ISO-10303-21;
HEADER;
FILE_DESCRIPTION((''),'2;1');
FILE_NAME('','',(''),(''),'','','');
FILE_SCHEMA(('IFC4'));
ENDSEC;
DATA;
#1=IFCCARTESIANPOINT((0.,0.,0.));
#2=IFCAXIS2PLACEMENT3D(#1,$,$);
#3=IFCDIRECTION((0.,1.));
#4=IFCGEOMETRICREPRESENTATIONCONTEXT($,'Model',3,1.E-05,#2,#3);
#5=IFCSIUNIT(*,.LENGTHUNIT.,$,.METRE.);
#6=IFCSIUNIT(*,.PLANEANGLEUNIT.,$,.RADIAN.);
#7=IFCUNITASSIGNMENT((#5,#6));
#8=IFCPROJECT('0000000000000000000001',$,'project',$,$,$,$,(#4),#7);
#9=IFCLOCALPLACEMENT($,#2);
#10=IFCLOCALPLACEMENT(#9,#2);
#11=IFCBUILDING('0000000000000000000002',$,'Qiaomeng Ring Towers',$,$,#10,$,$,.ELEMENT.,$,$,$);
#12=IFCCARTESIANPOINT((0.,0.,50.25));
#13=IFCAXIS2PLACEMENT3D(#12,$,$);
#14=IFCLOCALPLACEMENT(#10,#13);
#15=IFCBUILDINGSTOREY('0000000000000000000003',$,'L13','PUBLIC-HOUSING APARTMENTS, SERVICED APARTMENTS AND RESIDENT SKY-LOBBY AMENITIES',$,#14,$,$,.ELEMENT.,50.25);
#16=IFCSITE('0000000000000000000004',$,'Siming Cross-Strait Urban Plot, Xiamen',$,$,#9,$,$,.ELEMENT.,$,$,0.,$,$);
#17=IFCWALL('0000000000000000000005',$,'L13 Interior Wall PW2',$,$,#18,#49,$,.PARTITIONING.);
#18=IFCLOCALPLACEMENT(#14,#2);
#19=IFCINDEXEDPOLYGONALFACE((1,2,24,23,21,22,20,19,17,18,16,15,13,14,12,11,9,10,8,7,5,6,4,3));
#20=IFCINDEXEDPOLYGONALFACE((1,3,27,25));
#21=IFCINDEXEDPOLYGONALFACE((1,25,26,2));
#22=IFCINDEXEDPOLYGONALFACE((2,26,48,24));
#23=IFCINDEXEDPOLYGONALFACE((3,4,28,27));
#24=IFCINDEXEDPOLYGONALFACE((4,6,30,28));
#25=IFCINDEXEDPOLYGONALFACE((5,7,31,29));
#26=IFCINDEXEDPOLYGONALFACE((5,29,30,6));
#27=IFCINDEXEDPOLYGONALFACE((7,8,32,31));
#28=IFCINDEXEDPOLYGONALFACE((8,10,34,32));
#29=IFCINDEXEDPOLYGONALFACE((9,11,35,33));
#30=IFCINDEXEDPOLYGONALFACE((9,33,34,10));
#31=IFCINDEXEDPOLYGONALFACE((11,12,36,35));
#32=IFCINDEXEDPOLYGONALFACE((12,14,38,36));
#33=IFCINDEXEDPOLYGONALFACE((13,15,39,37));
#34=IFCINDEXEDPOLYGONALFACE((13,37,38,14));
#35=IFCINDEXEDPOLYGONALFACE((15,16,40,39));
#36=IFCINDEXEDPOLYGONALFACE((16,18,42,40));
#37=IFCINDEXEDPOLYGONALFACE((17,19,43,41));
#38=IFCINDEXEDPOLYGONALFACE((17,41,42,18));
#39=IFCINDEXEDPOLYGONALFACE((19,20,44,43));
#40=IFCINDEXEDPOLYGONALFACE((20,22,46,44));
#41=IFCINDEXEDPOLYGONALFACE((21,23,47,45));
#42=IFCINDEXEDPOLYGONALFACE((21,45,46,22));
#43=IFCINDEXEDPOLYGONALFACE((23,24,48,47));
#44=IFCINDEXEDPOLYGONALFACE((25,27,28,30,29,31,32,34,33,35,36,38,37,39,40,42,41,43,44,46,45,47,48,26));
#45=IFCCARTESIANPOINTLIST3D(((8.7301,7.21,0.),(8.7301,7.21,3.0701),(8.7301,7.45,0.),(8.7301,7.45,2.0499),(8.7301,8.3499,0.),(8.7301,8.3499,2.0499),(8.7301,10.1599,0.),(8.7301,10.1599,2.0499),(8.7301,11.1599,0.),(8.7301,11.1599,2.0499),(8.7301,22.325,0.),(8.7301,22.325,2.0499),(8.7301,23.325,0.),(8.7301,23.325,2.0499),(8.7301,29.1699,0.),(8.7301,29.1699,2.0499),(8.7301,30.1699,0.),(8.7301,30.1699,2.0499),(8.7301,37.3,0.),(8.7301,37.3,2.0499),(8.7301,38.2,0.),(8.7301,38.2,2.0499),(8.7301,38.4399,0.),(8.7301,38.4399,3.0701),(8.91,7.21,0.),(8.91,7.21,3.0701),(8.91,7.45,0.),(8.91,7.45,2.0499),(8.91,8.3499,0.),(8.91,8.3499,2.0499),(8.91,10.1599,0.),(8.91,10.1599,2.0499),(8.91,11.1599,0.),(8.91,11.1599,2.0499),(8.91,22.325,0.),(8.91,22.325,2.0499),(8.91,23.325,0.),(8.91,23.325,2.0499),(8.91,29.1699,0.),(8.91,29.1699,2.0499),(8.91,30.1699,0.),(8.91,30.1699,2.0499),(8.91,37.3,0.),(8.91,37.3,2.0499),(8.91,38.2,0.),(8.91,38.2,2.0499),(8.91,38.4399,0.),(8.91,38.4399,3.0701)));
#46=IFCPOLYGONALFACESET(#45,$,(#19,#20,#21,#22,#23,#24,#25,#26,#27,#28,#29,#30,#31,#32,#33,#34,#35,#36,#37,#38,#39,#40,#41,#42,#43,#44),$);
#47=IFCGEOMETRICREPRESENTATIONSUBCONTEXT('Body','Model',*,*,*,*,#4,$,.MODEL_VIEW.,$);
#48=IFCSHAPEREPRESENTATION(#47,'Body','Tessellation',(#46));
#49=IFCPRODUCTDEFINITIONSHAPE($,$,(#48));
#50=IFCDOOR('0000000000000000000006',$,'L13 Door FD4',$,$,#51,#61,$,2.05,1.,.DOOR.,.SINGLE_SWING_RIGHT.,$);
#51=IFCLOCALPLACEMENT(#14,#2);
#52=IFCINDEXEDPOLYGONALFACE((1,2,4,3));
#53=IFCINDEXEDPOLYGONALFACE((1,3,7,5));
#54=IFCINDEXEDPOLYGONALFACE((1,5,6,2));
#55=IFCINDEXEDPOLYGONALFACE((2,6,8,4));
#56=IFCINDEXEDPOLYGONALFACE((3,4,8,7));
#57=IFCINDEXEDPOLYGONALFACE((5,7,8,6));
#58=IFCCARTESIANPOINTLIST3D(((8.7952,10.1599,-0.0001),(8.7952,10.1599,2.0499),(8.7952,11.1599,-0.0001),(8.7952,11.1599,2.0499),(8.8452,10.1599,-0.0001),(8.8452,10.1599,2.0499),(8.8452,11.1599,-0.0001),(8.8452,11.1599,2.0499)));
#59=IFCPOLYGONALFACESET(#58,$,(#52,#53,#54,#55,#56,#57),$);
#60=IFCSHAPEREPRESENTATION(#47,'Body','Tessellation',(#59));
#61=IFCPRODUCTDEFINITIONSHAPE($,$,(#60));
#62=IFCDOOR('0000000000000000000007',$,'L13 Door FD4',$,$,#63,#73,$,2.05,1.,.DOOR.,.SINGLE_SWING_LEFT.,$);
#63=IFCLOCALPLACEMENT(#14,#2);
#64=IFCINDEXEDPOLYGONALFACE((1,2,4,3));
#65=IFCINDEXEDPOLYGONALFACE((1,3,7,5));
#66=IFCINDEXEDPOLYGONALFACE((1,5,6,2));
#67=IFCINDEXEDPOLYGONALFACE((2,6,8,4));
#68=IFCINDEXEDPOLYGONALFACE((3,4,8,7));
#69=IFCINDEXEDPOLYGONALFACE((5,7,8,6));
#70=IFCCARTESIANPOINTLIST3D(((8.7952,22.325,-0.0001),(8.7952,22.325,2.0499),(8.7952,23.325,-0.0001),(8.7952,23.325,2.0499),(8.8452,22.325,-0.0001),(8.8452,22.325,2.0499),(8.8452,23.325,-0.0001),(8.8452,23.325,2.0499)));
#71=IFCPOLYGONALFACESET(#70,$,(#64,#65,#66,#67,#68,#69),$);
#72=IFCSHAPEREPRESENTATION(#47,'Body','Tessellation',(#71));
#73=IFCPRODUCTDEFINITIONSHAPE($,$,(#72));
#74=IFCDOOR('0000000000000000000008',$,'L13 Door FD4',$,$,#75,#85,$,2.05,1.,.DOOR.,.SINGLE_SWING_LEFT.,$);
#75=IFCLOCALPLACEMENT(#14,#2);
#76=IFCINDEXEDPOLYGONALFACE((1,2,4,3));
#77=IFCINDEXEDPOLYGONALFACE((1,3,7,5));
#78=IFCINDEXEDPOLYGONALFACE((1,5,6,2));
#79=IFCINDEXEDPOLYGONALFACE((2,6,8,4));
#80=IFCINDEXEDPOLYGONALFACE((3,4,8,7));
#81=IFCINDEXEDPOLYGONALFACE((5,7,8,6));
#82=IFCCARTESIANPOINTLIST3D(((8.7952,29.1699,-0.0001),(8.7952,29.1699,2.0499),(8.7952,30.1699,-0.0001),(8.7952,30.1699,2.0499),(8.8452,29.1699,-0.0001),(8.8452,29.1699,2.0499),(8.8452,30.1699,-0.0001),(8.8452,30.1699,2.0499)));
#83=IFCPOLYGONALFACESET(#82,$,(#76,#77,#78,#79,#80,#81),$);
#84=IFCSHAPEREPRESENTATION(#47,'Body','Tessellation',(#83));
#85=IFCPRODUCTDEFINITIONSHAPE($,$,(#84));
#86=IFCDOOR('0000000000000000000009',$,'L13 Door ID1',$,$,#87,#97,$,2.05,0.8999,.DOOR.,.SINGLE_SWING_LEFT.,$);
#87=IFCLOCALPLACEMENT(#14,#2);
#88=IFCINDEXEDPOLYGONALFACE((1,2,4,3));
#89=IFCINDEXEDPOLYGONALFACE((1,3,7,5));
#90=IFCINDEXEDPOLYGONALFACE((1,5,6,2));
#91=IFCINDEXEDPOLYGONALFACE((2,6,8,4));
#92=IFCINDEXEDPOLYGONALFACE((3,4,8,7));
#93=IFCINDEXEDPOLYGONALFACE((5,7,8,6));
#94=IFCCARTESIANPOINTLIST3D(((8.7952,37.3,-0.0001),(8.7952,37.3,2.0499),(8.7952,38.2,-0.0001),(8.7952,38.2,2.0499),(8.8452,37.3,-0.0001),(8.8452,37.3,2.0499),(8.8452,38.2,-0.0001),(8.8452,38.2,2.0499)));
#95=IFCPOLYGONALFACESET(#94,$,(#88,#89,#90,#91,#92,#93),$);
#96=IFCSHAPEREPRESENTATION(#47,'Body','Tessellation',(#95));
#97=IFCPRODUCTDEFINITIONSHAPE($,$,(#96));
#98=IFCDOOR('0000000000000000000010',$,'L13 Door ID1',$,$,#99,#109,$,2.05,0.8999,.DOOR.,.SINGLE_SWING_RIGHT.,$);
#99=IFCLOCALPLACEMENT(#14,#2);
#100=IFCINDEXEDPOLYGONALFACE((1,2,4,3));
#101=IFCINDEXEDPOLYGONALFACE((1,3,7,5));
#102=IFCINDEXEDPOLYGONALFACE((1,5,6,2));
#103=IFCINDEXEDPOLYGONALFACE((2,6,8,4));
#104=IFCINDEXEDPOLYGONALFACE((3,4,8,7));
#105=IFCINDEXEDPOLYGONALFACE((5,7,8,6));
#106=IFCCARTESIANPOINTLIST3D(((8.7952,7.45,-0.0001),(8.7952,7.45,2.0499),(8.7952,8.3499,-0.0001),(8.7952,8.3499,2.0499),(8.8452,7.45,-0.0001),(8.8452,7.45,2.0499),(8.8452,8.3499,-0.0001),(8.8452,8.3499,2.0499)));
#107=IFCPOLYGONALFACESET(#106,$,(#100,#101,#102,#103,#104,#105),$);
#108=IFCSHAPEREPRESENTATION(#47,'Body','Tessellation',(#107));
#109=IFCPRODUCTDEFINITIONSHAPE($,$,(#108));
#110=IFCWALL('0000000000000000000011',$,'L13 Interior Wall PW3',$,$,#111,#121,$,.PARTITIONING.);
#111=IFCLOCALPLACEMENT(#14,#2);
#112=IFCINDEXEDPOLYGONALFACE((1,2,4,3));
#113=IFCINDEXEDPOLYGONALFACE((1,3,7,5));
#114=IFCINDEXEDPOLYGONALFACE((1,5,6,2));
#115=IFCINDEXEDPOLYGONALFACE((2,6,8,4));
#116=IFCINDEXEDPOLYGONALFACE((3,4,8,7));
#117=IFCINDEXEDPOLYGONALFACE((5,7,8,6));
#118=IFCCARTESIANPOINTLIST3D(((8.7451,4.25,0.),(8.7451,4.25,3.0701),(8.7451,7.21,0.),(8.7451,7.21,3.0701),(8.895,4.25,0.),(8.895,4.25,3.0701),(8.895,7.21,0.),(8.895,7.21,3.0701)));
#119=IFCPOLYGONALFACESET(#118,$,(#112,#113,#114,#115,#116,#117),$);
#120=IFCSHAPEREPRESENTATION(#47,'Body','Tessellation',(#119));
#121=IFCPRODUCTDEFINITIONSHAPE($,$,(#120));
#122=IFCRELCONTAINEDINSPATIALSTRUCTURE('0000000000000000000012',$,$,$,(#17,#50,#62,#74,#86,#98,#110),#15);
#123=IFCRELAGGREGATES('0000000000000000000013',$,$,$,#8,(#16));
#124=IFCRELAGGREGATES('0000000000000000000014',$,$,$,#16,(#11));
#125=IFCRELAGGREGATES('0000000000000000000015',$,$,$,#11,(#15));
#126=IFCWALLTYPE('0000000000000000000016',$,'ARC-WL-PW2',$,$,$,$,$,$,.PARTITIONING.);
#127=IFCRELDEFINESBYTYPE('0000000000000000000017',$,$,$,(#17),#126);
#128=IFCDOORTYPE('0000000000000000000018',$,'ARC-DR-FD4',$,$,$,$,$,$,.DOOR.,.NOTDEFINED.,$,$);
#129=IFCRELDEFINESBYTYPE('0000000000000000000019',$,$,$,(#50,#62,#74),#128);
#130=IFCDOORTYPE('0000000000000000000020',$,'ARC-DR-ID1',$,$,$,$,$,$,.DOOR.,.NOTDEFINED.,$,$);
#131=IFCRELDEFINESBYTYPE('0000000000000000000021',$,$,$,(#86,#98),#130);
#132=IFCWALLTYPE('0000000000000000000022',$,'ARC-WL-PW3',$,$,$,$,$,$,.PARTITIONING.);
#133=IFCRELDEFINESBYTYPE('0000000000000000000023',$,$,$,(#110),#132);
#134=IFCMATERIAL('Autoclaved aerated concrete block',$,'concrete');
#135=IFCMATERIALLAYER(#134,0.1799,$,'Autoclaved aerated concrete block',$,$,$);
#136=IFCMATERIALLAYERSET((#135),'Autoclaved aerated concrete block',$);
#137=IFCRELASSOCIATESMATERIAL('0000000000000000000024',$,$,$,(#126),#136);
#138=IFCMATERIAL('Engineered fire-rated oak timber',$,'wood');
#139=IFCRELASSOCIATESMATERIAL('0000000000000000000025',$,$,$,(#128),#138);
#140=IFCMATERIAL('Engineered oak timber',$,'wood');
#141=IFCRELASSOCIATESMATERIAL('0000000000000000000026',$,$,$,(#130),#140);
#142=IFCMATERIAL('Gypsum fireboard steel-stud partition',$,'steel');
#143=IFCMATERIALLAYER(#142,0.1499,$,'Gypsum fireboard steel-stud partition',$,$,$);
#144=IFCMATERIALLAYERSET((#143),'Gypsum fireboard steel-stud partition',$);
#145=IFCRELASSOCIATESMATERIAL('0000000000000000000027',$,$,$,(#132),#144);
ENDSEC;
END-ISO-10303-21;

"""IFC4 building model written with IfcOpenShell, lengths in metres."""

from ifc_helpers import new_model, si_unit, direction, frame, frame_2d, origin, place, context, subcontext, project, spatial, rectangle, extrude, source, transform, mapped, material, layer, layer_set, type_object, element, fill, save


model = new_model("IFC4")

# Units and contexts
model_context = context("Model", 3, precision=1e-05, world=origin(), true_north=direction((0.0, 1.0)))
body_context = subcontext(model_context, "Body", "Model", "MODEL_VIEW")
ifc_project = project(units=[si_unit("LENGTHUNIT", "METRE"), si_unit("PLANEANGLEUNIT", "RADIAN")], contexts=[model_context])

# Site, building, storey
site_placement = place(None, origin())
site = spatial("IfcSite", under=ifc_project, at=site_placement, Name="Siming Cross-Strait Urban Plot, Xiamen", CompositionType="ELEMENT", RefElevation=0.0)
building_placement = place(site_placement, origin())
building = spatial("IfcBuilding", under=site, at=building_placement, Name="Qiaomeng Ring Towers", CompositionType="ELEMENT")
storey_placement = place(building_placement, frame((0.0, 0.0, 50.25)))
storey = spatial("IfcBuildingStorey", under=building, at=storey_placement, Name="L13", Description="PUBLIC-HOUSING APARTMENTS, SERVICED APARTMENTS AND RESIDENT SKY-LOBBY AMENITIES", CompositionType="ELEMENT", Elevation=50.25)

# Wall, openings, doors
ifc_material_1 = material(Name="Autoclaved aerated concrete block", Category="concrete")
ifc_layer_1 = layer(ifc_material_1, 0.1799, Name="Autoclaved aerated concrete block")
ifc_layer_set_1 = layer_set([ifc_layer_1], Name="Autoclaved aerated concrete block")
wall_type_1 = type_object("IfcWallType", Name="ARC-WL-PW2", PredefinedType="PARTITIONING", material=ifc_layer_set_1)
ifc_material_2 = material(Name="Engineered fire-rated oak timber", Category="wood")
door_type_1 = type_object("IfcDoorType", Name="ARC-DR-FD4", OperationType="NOTDEFINED", PredefinedType="DOOR", material=ifc_material_2)
shared_shape_1 = source(origin(), body_context, "Body", "SweptSolid", [
    extrude(rectangle(XDim=1.0, YDim=2.05, at=frame_2d((0.5, 1.0249))), frame((0.0, 0.0249, 0.0), z_axis=(0.0, -1.0, 0.0), x_axis=(1.0, 0.0, 0.0)), (0.0, 0.0, 1.0), 0.05),
])
wall_1_placement = place(storey_placement, frame((8.8201, 7.21, 0.0), z_axis=(0.0, 0.0, 1.0), x_axis=(0.0, 1.0, 0.0)))
wall_1 = element("IfcWall", 1, at=wall_1_placement, inside=storey, type_object=wall_type_1, Name="L13 Interior Wall PW2", PredefinedType="PARTITIONING", context=body_context, shape_type="SweptSolid", body=[
    extrude(rectangle(XDim=31.23, YDim=0.1799, at=frame_2d((15.615, 0.0))), origin(), (0.0, 0.0, 1.0), 3.0701),
])
opening_1_placement = place(wall_1_placement, frame((30.0901, 0.0, 0.0)))
opening_1 = element("IfcOpeningElement", 2, at=opening_1_placement, cuts=wall_1, PredefinedType="OPENING", context=body_context, shape_type="SweptSolid", body=[
    extrude(rectangle(XDim=0.8999, YDim=2.05, at=frame_2d((0.45, 1.0249))), frame((0.0, 0.0999, 0.0), z_axis=(0.0, -1.0, 0.0), x_axis=(1.0, 0.0, 0.0)), (0.0, 0.0, 1.0), 0.2),
])
opening_2_placement = place(wall_1_placement, frame((0.24, 0.0, 0.0)))
opening_2 = element("IfcOpeningElement", 3, at=opening_2_placement, cuts=wall_1, PredefinedType="OPENING", context=body_context, shape_type="SweptSolid", body=[
    extrude(rectangle(XDim=0.8999, YDim=2.05, at=frame_2d((0.45, 1.0249))), frame((0.0, 0.0999, 0.0), z_axis=(0.0, -1.0, 0.0), x_axis=(1.0, 0.0, 0.0)), (0.0, 0.0, 1.0), 0.2),
])
opening_3_placement = place(wall_1_placement, frame((2.95, 0.0, 0.0)))
opening_3 = element("IfcOpeningElement", 4, at=opening_3_placement, cuts=wall_1, PredefinedType="OPENING", context=body_context, shape_type="SweptSolid", body=[
    extrude(rectangle(XDim=1.0, YDim=2.05, at=frame_2d((0.5, 1.0249))), frame((0.0, 0.0999, 0.0), z_axis=(0.0, -1.0, 0.0), x_axis=(1.0, 0.0, 0.0)), (0.0, 0.0, 1.0), 0.2),
])
opening_4_placement = place(wall_1_placement, frame((15.115, 0.0, 0.0)))
opening_4 = element("IfcOpeningElement", 5, at=opening_4_placement, cuts=wall_1, PredefinedType="OPENING", context=body_context, shape_type="SweptSolid", body=[
    extrude(rectangle(XDim=1.0, YDim=2.05, at=frame_2d((0.5, 1.0249))), frame((0.0, 0.0999, 0.0), z_axis=(0.0, -1.0, 0.0), x_axis=(1.0, 0.0, 0.0)), (0.0, 0.0, 1.0), 0.2),
])
opening_5_placement = place(wall_1_placement, frame((21.96, 0.0, 0.0)))
opening_5 = element("IfcOpeningElement", 6, at=opening_5_placement, cuts=wall_1, PredefinedType="OPENING", context=body_context, shape_type="SweptSolid", body=[
    extrude(rectangle(XDim=1.0, YDim=2.05, at=frame_2d((0.5, 1.0249))), frame((0.0, 0.0999, 0.0), z_axis=(0.0, -1.0, 0.0), x_axis=(1.0, 0.0, 0.0)), (0.0, 0.0, 1.0), 0.2),
])
door_1_placement = place(opening_3_placement, origin())
door_1 = element("IfcDoor", 7, at=door_1_placement, inside=storey, type_object=door_type_1, Name="L13 Door FD4", OperationType="SINGLE_SWING_RIGHT", OverallHeight=2.05, OverallWidth=1.0, PredefinedType="DOOR", context=body_context, shape_type="MappedRepresentation", body=[
    mapped(shared_shape_1, transform((0.0, 0.0, 0.0), x_axis=(1.0, 0.0, 0.0), y_axis=(0.0, 1.0, 0.0), z_axis=(0.0, 0.0, 1.0), scale=1.0)),
])
fill(opening_3, door_1)
door_2_placement = place(opening_4_placement, origin())
door_2 = element("IfcDoor", 8, at=door_2_placement, inside=storey, type_object=door_type_1, Name="L13 Door FD4", OperationType="SINGLE_SWING_LEFT", OverallHeight=2.05, OverallWidth=1.0, PredefinedType="DOOR", context=body_context, shape_type="MappedRepresentation", body=[
    mapped(shared_shape_1, transform((0.0, 0.0, 0.0), x_axis=(1.0, 0.0, 0.0), y_axis=(0.0, 1.0, 0.0), z_axis=(0.0, 0.0, 1.0), scale=1.0)),
])
fill(opening_4, door_2)
door_3_placement = place(opening_5_placement, origin())
door_3 = element("IfcDoor", 9, at=door_3_placement, inside=storey, type_object=door_type_1, Name="L13 Door FD4", OperationType="SINGLE_SWING_LEFT", OverallHeight=2.05, OverallWidth=1.0, PredefinedType="DOOR", context=body_context, shape_type="MappedRepresentation", body=[
    mapped(shared_shape_1, transform((0.0, 0.0, 0.0), x_axis=(1.0, 0.0, 0.0), y_axis=(0.0, 1.0, 0.0), z_axis=(0.0, 0.0, 1.0), scale=1.0)),
])
fill(opening_5, door_3)
ifc_material_3 = material(Name="Engineered oak timber", Category="wood")
door_type_2 = type_object("IfcDoorType", Name="ARC-DR-ID1", OperationType="NOTDEFINED", PredefinedType="DOOR", material=ifc_material_3)
shared_shape_2 = source(origin(), body_context, "Body", "SweptSolid", [
    extrude(rectangle(XDim=0.8999, YDim=2.05, at=frame_2d((0.45, 1.0249))), frame((0.0, 0.0249, 0.0), z_axis=(0.0, -1.0, 0.0), x_axis=(1.0, 0.0, 0.0)), (0.0, 0.0, 1.0), 0.05),
])
door_4_placement = place(opening_1_placement, origin())
door_4 = element("IfcDoor", 10, at=door_4_placement, inside=storey, type_object=door_type_2, Name="L13 Door ID1", OperationType="SINGLE_SWING_LEFT", OverallHeight=2.05, OverallWidth=0.8999, PredefinedType="DOOR", context=body_context, shape_type="MappedRepresentation", body=[
    mapped(shared_shape_2, transform((0.0, 0.0, 0.0), x_axis=(1.0, 0.0, 0.0), y_axis=(0.0, 1.0, 0.0), z_axis=(0.0, 0.0, 1.0), scale=1.0)),
])
fill(opening_1, door_4)
door_5_placement = place(opening_2_placement, origin())
door_5 = element("IfcDoor", 11, at=door_5_placement, inside=storey, type_object=door_type_2, Name="L13 Door ID1", OperationType="SINGLE_SWING_RIGHT", OverallHeight=2.05, OverallWidth=0.8999, PredefinedType="DOOR", context=body_context, shape_type="MappedRepresentation", body=[
    mapped(shared_shape_2, transform((0.0, 0.0, 0.0), x_axis=(1.0, 0.0, 0.0), y_axis=(0.0, 1.0, 0.0), z_axis=(0.0, 0.0, 1.0), scale=1.0)),
])
fill(opening_2, door_5)

# Wall
ifc_material_4 = material(Name="Gypsum fireboard steel-stud partition", Category="steel")
ifc_layer_2 = layer(ifc_material_4, 0.1499, Name="Gypsum fireboard steel-stud partition")
ifc_layer_set_2 = layer_set([ifc_layer_2], Name="Gypsum fireboard steel-stud partition")
wall_type_2 = type_object("IfcWallType", Name="ARC-WL-PW3", PredefinedType="PARTITIONING", material=ifc_layer_set_2)
wall_2_placement = place(storey_placement, frame((8.8201, 4.25, 0.0), z_axis=(0.0, 0.0, 1.0), x_axis=(0.0, 1.0, 0.0)))
element("IfcWall", 12, at=wall_2_placement, inside=storey, type_object=wall_type_2, Name="L13 Interior Wall PW3", PredefinedType="PARTITIONING", context=body_context, shape_type="SweptSolid", body=[
    extrude(rectangle(XDim=2.96, YDim=0.1499, at=frame_2d((1.48, 0.0))), origin(), (0.0, 0.0, 1.0), 3.0701),
])

save(model, "model.ifc")
